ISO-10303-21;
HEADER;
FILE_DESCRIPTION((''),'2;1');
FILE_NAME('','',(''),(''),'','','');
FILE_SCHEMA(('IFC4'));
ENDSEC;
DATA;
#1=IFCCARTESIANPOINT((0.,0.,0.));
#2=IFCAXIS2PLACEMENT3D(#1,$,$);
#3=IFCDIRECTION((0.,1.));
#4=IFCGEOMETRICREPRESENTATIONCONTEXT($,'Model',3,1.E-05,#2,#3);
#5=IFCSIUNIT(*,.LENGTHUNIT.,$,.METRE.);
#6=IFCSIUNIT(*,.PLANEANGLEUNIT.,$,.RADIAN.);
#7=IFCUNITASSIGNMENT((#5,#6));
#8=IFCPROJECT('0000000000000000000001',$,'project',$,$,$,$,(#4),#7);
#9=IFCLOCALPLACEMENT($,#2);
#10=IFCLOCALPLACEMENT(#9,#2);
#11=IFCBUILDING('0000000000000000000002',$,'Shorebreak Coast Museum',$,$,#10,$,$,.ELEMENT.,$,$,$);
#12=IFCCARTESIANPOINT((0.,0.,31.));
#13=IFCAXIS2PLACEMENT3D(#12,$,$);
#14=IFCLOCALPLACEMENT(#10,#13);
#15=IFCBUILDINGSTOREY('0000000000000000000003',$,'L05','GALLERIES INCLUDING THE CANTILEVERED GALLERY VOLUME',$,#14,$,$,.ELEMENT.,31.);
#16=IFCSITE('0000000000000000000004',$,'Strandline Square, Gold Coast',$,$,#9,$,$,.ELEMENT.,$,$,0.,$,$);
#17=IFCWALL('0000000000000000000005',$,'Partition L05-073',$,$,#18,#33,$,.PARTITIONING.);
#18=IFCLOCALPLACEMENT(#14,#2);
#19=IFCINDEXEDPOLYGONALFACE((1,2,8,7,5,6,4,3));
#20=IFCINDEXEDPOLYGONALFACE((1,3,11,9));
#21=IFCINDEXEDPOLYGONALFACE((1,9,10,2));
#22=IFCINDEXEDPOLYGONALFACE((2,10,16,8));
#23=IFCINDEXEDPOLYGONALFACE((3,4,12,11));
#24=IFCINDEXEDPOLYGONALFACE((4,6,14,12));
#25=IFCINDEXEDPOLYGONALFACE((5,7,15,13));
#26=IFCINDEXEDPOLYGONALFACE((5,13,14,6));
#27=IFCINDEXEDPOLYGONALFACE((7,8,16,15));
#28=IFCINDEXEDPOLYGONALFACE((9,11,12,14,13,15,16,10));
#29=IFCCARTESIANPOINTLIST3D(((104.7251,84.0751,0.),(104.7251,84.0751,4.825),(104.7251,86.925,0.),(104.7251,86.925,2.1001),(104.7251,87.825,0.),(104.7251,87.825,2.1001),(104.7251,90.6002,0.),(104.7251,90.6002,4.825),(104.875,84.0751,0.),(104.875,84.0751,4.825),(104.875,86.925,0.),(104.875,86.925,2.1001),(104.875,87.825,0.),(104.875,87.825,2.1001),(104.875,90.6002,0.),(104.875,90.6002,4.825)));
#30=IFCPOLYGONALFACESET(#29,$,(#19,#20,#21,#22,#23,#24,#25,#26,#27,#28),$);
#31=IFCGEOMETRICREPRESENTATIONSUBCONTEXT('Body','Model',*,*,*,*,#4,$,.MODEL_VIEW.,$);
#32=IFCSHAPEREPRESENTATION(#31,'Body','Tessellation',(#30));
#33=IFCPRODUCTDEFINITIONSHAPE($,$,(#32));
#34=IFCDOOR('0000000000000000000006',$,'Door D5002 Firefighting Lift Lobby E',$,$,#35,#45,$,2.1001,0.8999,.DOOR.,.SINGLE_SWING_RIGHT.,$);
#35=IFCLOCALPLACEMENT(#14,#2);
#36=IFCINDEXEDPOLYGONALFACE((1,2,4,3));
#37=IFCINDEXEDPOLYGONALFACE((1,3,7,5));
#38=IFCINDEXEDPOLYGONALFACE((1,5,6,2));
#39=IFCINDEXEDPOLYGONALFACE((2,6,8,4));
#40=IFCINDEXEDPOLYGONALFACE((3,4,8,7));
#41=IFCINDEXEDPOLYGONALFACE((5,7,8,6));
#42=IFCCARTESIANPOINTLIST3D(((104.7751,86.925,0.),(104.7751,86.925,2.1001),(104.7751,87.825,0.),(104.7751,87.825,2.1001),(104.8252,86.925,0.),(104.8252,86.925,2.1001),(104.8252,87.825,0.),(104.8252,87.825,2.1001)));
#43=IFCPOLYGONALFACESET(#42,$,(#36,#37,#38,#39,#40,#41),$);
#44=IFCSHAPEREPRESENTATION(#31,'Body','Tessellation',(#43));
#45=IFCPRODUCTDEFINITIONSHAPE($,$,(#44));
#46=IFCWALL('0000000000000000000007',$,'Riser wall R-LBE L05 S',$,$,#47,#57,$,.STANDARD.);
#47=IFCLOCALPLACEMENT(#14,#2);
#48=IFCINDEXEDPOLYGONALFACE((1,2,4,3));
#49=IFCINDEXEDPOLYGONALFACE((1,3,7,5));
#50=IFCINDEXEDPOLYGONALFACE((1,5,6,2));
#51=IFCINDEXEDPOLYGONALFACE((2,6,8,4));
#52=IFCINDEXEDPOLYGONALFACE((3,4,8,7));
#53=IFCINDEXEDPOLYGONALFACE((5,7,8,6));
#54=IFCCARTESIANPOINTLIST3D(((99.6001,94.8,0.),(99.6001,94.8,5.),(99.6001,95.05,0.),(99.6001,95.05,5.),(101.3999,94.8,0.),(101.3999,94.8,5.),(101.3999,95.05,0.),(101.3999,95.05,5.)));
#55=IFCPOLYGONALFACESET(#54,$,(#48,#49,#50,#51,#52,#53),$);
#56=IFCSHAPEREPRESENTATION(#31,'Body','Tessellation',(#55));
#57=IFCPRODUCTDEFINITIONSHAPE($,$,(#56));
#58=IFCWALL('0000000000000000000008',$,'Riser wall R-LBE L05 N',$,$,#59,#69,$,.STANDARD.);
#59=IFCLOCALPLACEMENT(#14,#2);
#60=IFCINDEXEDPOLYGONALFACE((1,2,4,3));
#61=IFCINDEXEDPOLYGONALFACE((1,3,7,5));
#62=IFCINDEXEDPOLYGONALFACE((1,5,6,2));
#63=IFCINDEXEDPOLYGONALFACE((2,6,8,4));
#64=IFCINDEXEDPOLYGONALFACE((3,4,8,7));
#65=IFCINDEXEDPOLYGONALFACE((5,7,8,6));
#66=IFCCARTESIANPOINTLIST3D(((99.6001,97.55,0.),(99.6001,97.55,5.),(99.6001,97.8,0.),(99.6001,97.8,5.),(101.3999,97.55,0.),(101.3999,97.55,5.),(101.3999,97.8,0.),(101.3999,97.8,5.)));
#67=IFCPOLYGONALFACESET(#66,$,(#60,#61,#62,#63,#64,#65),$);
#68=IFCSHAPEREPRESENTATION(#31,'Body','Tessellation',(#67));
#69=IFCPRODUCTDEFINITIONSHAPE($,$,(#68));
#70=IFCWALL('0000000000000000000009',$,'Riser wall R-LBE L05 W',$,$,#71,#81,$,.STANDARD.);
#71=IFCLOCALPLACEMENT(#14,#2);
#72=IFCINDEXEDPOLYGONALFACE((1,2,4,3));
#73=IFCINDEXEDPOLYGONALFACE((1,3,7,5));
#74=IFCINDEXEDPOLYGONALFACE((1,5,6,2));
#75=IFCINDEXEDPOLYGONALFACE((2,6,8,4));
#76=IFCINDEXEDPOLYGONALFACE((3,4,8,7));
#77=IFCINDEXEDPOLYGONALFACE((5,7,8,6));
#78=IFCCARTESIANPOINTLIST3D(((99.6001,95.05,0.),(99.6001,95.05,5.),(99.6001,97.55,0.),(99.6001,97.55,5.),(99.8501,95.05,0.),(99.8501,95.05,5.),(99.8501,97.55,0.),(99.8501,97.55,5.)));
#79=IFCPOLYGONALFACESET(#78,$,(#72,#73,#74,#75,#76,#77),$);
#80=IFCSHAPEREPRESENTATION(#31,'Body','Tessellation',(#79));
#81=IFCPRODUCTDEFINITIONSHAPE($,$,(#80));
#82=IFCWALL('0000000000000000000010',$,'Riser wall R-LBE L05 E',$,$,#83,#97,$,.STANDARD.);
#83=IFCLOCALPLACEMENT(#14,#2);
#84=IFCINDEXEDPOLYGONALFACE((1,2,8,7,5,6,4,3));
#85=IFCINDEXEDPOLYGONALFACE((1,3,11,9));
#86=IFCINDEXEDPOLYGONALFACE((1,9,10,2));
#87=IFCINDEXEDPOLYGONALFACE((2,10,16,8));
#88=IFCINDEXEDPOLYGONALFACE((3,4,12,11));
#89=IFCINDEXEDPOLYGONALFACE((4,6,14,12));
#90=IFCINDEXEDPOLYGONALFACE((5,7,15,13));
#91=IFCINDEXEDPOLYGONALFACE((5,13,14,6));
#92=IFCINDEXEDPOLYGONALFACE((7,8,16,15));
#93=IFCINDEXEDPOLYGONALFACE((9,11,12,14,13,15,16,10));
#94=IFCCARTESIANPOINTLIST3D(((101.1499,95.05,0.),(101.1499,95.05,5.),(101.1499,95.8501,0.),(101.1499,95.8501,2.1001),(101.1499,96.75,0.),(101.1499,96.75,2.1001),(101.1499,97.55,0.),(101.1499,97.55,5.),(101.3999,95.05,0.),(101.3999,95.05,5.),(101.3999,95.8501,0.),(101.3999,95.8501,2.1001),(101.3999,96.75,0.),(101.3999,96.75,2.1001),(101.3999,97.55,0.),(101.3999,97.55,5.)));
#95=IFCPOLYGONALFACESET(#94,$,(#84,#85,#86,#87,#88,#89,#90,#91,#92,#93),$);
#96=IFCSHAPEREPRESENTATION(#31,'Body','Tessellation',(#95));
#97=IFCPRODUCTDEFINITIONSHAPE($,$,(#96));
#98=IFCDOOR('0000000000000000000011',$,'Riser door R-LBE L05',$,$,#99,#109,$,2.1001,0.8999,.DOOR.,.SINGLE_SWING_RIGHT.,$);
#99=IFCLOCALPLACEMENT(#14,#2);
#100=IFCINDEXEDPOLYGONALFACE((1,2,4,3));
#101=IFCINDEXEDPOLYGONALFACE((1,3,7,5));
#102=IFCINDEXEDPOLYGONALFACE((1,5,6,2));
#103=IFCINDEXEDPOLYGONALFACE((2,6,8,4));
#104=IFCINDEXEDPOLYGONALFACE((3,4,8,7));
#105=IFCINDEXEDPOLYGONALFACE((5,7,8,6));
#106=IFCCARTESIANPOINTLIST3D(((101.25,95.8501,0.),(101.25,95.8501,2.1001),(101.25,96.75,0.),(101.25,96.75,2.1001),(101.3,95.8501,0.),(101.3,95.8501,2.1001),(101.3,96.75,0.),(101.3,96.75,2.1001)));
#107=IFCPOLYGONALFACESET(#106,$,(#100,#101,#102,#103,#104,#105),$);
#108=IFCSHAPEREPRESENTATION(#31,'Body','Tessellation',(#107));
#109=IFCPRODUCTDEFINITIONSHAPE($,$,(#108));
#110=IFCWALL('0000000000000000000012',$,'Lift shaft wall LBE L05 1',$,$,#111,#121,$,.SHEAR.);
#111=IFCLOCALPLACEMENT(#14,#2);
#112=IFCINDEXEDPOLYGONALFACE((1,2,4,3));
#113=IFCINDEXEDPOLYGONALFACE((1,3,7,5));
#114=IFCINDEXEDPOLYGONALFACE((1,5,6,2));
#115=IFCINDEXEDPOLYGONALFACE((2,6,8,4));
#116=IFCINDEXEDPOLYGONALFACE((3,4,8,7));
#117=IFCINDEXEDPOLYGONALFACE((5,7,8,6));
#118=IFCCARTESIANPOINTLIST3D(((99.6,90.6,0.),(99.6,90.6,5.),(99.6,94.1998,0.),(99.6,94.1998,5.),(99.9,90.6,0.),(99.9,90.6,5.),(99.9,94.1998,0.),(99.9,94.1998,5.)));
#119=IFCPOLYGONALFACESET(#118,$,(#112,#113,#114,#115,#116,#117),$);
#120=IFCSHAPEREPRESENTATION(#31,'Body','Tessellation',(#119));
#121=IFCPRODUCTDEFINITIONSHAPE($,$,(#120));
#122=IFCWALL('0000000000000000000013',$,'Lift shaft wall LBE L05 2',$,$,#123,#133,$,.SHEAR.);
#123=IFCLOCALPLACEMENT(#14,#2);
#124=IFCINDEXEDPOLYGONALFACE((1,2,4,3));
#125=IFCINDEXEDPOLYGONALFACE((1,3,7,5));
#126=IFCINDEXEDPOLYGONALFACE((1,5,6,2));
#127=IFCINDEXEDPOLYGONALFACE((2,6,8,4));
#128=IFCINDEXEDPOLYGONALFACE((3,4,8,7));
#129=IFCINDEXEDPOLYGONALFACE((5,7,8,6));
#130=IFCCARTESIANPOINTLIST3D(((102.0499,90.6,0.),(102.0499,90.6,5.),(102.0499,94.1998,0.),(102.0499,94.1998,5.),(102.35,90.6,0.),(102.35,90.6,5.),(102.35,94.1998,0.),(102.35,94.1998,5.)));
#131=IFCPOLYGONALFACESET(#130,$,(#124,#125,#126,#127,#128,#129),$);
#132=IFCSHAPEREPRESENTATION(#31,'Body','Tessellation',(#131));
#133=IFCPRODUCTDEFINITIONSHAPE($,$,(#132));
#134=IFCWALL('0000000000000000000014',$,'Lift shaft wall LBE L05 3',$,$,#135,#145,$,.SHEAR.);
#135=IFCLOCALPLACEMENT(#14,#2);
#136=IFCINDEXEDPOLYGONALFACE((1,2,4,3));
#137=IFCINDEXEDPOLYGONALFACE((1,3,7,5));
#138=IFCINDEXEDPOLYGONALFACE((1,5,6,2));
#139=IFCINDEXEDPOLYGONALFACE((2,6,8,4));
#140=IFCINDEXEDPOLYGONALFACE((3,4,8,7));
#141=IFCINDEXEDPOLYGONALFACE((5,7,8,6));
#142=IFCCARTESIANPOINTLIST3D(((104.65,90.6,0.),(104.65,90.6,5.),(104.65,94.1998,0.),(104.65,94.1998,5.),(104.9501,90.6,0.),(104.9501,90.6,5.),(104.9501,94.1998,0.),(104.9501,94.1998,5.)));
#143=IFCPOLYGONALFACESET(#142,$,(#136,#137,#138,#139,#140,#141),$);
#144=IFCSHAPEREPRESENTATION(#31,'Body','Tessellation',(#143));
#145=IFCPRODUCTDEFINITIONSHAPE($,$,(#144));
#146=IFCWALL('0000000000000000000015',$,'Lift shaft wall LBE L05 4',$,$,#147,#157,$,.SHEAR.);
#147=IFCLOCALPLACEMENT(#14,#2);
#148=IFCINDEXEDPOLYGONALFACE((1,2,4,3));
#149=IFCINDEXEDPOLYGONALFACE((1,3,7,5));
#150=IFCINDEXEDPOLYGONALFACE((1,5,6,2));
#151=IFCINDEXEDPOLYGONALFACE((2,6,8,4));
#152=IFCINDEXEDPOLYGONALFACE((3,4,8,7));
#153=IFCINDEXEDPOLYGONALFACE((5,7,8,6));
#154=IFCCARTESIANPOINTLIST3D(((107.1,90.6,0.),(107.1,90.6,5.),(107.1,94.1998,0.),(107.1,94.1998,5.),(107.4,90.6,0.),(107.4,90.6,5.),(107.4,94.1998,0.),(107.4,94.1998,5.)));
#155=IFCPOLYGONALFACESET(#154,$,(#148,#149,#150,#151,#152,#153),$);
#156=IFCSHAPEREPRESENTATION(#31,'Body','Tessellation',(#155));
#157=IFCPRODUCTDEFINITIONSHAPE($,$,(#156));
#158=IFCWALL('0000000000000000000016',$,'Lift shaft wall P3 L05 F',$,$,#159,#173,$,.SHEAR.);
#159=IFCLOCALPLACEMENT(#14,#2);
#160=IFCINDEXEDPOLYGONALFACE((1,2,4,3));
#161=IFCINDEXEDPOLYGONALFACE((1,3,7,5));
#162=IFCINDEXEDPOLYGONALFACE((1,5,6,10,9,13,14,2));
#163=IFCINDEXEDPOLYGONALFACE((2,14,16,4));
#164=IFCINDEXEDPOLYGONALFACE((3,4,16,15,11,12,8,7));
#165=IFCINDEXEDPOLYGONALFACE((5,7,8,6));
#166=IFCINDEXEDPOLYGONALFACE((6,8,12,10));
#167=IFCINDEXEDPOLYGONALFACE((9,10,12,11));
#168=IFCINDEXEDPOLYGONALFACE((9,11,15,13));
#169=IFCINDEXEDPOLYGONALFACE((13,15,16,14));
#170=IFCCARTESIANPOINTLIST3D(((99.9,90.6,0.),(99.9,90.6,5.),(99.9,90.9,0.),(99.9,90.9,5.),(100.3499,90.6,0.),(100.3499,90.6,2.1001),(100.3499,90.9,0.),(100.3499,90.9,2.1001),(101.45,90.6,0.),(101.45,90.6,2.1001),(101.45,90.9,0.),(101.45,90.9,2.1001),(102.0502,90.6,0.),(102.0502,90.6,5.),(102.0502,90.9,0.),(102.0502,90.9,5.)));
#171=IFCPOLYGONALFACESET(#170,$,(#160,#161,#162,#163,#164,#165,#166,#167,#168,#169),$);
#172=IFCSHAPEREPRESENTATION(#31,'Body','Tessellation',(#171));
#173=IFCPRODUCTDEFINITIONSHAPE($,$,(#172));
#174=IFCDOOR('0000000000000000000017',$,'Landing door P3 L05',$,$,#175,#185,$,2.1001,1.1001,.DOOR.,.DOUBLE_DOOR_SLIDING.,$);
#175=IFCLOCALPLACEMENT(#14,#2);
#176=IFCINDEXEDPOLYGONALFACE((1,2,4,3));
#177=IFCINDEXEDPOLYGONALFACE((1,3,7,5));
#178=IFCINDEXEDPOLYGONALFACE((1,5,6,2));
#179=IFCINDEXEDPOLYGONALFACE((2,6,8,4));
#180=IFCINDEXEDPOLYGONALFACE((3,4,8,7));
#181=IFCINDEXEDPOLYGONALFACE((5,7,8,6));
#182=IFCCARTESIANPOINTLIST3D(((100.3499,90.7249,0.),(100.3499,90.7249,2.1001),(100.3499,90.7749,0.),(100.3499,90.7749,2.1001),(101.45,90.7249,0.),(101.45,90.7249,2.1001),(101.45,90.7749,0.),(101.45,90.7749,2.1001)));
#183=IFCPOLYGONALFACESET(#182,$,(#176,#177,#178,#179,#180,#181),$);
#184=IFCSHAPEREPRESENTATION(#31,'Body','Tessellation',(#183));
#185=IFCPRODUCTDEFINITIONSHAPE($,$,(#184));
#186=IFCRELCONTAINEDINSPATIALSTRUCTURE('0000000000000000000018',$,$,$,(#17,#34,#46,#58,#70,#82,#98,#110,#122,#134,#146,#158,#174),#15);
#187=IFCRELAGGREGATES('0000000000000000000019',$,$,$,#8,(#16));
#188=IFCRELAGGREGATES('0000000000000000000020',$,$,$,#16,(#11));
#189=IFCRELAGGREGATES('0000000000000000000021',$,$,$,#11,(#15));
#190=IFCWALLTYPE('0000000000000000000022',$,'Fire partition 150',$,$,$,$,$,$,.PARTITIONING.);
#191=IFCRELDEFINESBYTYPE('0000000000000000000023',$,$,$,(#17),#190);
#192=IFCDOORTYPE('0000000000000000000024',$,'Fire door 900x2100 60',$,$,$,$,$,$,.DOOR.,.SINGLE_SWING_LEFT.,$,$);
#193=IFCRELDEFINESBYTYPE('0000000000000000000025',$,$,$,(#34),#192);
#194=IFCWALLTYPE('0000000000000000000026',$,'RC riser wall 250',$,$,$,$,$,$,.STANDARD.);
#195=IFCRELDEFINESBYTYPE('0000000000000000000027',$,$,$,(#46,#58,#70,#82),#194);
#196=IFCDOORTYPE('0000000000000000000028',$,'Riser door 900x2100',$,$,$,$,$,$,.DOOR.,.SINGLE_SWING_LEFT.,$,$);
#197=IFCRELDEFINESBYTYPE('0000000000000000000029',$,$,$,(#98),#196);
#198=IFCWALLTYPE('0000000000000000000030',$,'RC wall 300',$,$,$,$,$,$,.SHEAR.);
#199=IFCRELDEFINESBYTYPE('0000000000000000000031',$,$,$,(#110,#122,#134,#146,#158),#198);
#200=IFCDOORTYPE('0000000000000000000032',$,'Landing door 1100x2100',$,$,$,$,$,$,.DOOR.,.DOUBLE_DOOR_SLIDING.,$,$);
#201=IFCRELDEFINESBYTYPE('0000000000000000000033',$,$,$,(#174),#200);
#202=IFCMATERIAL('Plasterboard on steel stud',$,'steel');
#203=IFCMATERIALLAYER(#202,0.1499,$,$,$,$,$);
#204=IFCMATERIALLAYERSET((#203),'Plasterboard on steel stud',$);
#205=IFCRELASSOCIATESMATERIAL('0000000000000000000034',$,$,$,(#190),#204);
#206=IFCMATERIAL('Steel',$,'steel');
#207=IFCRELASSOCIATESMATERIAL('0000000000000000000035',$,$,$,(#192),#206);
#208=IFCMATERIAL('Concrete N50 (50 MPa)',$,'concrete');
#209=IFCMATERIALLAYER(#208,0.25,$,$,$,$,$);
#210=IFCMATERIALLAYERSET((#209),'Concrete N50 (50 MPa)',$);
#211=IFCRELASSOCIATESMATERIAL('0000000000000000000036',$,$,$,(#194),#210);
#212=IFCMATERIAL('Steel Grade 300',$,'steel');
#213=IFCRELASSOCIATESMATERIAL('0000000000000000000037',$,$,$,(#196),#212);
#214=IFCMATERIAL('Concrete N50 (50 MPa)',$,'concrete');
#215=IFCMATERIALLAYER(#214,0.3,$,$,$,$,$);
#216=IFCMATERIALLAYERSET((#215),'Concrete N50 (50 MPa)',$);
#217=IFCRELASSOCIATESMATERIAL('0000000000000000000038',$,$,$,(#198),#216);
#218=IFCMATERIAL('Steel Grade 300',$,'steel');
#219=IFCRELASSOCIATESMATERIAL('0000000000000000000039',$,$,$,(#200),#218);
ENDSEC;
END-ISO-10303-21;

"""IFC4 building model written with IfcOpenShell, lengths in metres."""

from ifc_helpers import new_model, si_unit, direction, frame, frame_2d, origin, place, context, subcontext, project, spatial, rectangle, extrude, material, layer, layer_set, type_object, element, fill, save


model = new_model("IFC4")

# Units and contexts
model_context = context("Model", 3, precision=1e-05, world=origin(), true_north=direction((0.0, 1.0)))
body_context = subcontext(model_context, "Body", "Model", "MODEL_VIEW")
ifc_project = project(units=[si_unit("LENGTHUNIT", "METRE"), si_unit("PLANEANGLEUNIT", "RADIAN")], contexts=[model_context])

# Site, building, storey
site_placement = place(None, origin())
site = spatial("IfcSite", under=ifc_project, at=site_placement, Name="Strandline Square, Gold Coast", CompositionType="ELEMENT", RefElevation=0.0)
building_placement = place(site_placement, origin())
building = spatial("IfcBuilding", under=site, at=building_placement, Name="Shorebreak Coast Museum", CompositionType="ELEMENT")
storey_placement = place(building_placement, frame((0.0, 0.0, 31.0)))
storey = spatial("IfcBuildingStorey", under=building, at=storey_placement, Name="L05", Description="GALLERIES INCLUDING THE CANTILEVERED GALLERY VOLUME", CompositionType="ELEMENT", Elevation=31.0)

# Shared definitions
ifc_material_1 = material(Name="Plasterboard on steel stud", Category="steel")
ifc_layer_1 = layer(ifc_material_1, 0.1499)
ifc_layer_set_1 = layer_set([ifc_layer_1], Name="Plasterboard on steel stud")
wall_type_1 = type_object("IfcWallType", Name="Fire partition 150", PredefinedType="PARTITIONING", material=ifc_layer_set_1)

# Wall, opening, door
wall_1_placement = place(storey_placement, frame((104.8, 84.075, 0.0), z_axis=(0.0, 0.0, 1.0), x_axis=(0.0, 1.0, 0.0)))
wall_1 = element("IfcWall", 1, at=wall_1_placement, inside=storey, type_object=wall_type_1, Name="Partition L05-073", PredefinedType="PARTITIONING", context=body_context, shape_type="SweptSolid", body=[
    extrude(rectangle(XDim=6.5251, YDim=0.1499, at=frame_2d((3.2627, 0.0))), origin(), (0.0, 0.0, 1.0), 4.825),
])
opening_1_placement = place(wall_1_placement, frame((2.8501, 0.0, 0.0)))
opening_1 = element("IfcOpeningElement", 2, at=opening_1_placement, cuts=wall_1, PredefinedType="OPENING", context=body_context, shape_type="SweptSolid", body=[
    extrude(rectangle(XDim=0.8999, YDim=2.1001, at=frame_2d((0.45, 1.05))), frame((0.0, 0.085, 0.0), z_axis=(0.0, -1.0, 0.0), x_axis=(1.0, 0.0, 0.0)), (0.0, 0.0, 1.0), 0.1699),
])
ifc_material_2 = material(Name="Steel", Category="steel")
door_type_1 = type_object("IfcDoorType", Name="Fire door 900x2100 60", OperationType="SINGLE_SWING_LEFT", PredefinedType="DOOR", material=ifc_material_2)
door_1_placement = place(opening_1_placement, origin())
door_1 = element("IfcDoor", 3, at=door_1_placement, inside=storey, type_object=door_type_1, Name="Door D5002 Firefighting Lift Lobby E", OperationType="SINGLE_SWING_RIGHT", OverallHeight=2.1001, OverallWidth=0.8999, PredefinedType="DOOR", context=body_context, shape_type="SweptSolid", body=[
    extrude(rectangle(XDim=0.8999, YDim=2.1001, at=frame_2d((0.45, 1.05))), frame((0.0, 0.0249, 0.0), z_axis=(0.0, -1.0, 0.0), x_axis=(1.0, 0.0, 0.0)), (0.0, 0.0, 1.0), 0.05),
])
fill(opening_1, door_1)

# Walls
ifc_material_3 = material(Name="Concrete N50 (50 MPa)", Category="concrete")
ifc_layer_2 = layer(ifc_material_3, 0.25)
ifc_layer_set_2 = layer_set([ifc_layer_2], Name="Concrete N50 (50 MPa)")
wall_type_2 = type_object("IfcWallType", Name="RC riser wall 250", PredefinedType="STANDARD", material=ifc_layer_set_2)
for number, where, z_axis, x_axis, name in (
    (4, (99.6001, 94.925, 0.0), (0.0, 0.0, 1.0), (1.0, 0.0, 0.0), "Riser wall R-LBE L05 S"),
    (5, (99.6001, 97.675, 0.0), (0.0, 0.0, 1.0), (1.0, 0.0, 0.0), "Riser wall R-LBE L05 N"),
):
    element("IfcWall", number, at=place(storey_placement, frame(where, z_axis=z_axis, x_axis=x_axis)), inside=storey, type_object=wall_type_2, Name=name, PredefinedType="STANDARD", context=body_context, shape_type="SweptSolid", body=[
        extrude(rectangle(XDim=1.7998, YDim=0.25, at=frame_2d((0.8999, 0.0))), origin(), (0.0, 0.0, 1.0), 5.0),
    ])
wall_2_placement = place(storey_placement, frame((99.7251, 95.05, 0.0), z_axis=(0.0, 0.0, 1.0), x_axis=(0.0, 1.0, 0.0)))
element("IfcWall", 6, at=wall_2_placement, inside=storey, type_object=wall_type_2, Name="Riser wall R-LBE L05 W", PredefinedType="STANDARD", context=body_context, shape_type="SweptSolid", body=[
    extrude(rectangle(XDim=2.5, YDim=0.25, at=frame_2d((1.25, 0.0))), origin(), (0.0, 0.0, 1.0), 5.0),
])

# Wall, opening, door
wall_3_placement = place(storey_placement, frame((101.2749, 95.05, 0.0), z_axis=(0.0, 0.0, 1.0), x_axis=(0.0, 1.0, 0.0)))
wall_3 = element("IfcWall", 7, at=wall_3_placement, inside=storey, type_object=wall_type_2, Name="Riser wall R-LBE L05 E", PredefinedType="STANDARD", context=body_context, shape_type="SweptSolid", body=[
    extrude(rectangle(XDim=2.5, YDim=0.25, at=frame_2d((1.25, 0.0))), origin(), (0.0, 0.0, 1.0), 5.0),
])
opening_2_placement = place(wall_3_placement, frame((0.8, 0.0, 0.0)))
opening_2 = element("IfcOpeningElement", 8, at=opening_2_placement, cuts=wall_3, PredefinedType="OPENING", context=body_context, shape_type="SweptSolid", body=[
    extrude(rectangle(XDim=0.8999, YDim=2.1001, at=frame_2d((0.45, 1.05))), frame((0.0, 0.135, 0.0), z_axis=(0.0, -1.0, 0.0), x_axis=(1.0, 0.0, 0.0)), (0.0, 0.0, 1.0), 0.27),
])
ifc_material_4 = material(Name="Steel Grade 300", Category="steel")
door_type_2 = type_object("IfcDoorType", Name="Riser door 900x2100", OperationType="SINGLE_SWING_LEFT", PredefinedType="DOOR", material=ifc_material_4)
door_2_placement = place(opening_2_placement, origin())
door_2 = element("IfcDoor", 9, at=door_2_placement, inside=storey, type_object=door_type_2, Name="Riser door R-LBE L05", OperationType="SINGLE_SWING_RIGHT", OverallHeight=2.1001, OverallWidth=0.8999, PredefinedType="DOOR", context=body_context, shape_type="SweptSolid", body=[
    extrude(rectangle(XDim=0.8999, YDim=2.1001, at=frame_2d((0.45, 1.05))), frame((0.0, 0.0249, 0.0), z_axis=(0.0, -1.0, 0.0), x_axis=(1.0, 0.0, 0.0)), (0.0, 0.0, 1.0), 0.05),
])
fill(opening_2, door_2)

# Walls
ifc_material_5 = material(Name="Concrete N50 (50 MPa)", Category="concrete")
ifc_layer_3 = layer(ifc_material_5, 0.3)
ifc_layer_set_3 = layer_set([ifc_layer_3], Name="Concrete N50 (50 MPa)")
wall_type_3 = type_object("IfcWallType", Name="RC wall 300", PredefinedType="SHEAR", material=ifc_layer_set_3)
for number, where, z_axis, x_axis, name in (
    (10, (99.75, 90.6001, 0.0), (0.0, 0.0, 1.0), (0.0, 1.0, 0.0), "Lift shaft wall LBE L05 1"),
    (11, (102.2, 90.6001, 0.0), (0.0, 0.0, 1.0), (0.0, 1.0, 0.0), "Lift shaft wall LBE L05 2"),
    (12, (104.8, 90.6001, 0.0), (0.0, 0.0, 1.0), (0.0, 1.0, 0.0), "Lift shaft wall LBE L05 3"),
    (13, (107.25, 90.6001, 0.0), (0.0, 0.0, 1.0), (0.0, 1.0, 0.0), "Lift shaft wall LBE L05 4"),
):
    element("IfcWall", number, at=place(storey_placement, frame(where, z_axis=z_axis, x_axis=x_axis)), inside=storey, type_object=wall_type_3, Name=name, PredefinedType="SHEAR", context=body_context, shape_type="SweptSolid", body=[
        extrude(rectangle(XDim=3.5999, YDim=0.3, at=frame_2d((1.7998, 0.0))), origin(), (0.0, 0.0, 1.0), 5.0),
    ])

# Wall, opening, door
wall_4_placement = place(storey_placement, frame((99.8999, 90.75, 0.0), z_axis=(0.0, 0.0, 1.0), x_axis=(1.0, 0.0, 0.0)))
wall_4 = element("IfcWall", 14, at=wall_4_placement, inside=storey, type_object=wall_type_3, Name="Lift shaft wall P3 L05 F", PredefinedType="SHEAR", context=body_context, shape_type="SweptSolid", body=[
    extrude(rectangle(XDim=2.1501, YDim=0.3, at=frame_2d((1.0752, 0.0))), origin(), (0.0, 0.0, 1.0), 5.0),
])
opening_3_placement = place(wall_4_placement, frame((0.45, 0.0, 0.0)))
opening_3 = element("IfcOpeningElement", 15, at=opening_3_placement, cuts=wall_4, PredefinedType="OPENING", context=body_context, shape_type="SweptSolid", body=[
    extrude(rectangle(XDim=1.1001, YDim=2.1001, at=frame_2d((0.55, 1.05))), frame((0.0, 0.1599, 0.0), z_axis=(0.0, -1.0, 0.0), x_axis=(1.0, 0.0, 0.0)), (0.0, 0.0, 1.0), 0.3201),
])
ifc_material_6 = material(Name="Steel Grade 300", Category="steel")
door_type_3 = type_object("IfcDoorType", Name="Landing door 1100x2100", OperationType="DOUBLE_DOOR_SLIDING", PredefinedType="DOOR", material=ifc_material_6)
door_3_placement = place(opening_3_placement, origin())
door_3 = element("IfcDoor", 16, at=door_3_placement, inside=storey, type_object=door_type_3, Name="Landing door P3 L05", OperationType="DOUBLE_DOOR_SLIDING", OverallHeight=2.1001, OverallWidth=1.1001, PredefinedType="DOOR", context=body_context, shape_type="SweptSolid", body=[
    extrude(rectangle(XDim=1.1001, YDim=2.1001, at=frame_2d((0.55, 1.05))), frame((0.0, 0.0249, 0.0), z_axis=(0.0, -1.0, 0.0), x_axis=(1.0, 0.0, 0.0)), (0.0, 0.0, 1.0), 0.05),
])
fill(opening_3, door_3)

save(model, "model.ifc")
